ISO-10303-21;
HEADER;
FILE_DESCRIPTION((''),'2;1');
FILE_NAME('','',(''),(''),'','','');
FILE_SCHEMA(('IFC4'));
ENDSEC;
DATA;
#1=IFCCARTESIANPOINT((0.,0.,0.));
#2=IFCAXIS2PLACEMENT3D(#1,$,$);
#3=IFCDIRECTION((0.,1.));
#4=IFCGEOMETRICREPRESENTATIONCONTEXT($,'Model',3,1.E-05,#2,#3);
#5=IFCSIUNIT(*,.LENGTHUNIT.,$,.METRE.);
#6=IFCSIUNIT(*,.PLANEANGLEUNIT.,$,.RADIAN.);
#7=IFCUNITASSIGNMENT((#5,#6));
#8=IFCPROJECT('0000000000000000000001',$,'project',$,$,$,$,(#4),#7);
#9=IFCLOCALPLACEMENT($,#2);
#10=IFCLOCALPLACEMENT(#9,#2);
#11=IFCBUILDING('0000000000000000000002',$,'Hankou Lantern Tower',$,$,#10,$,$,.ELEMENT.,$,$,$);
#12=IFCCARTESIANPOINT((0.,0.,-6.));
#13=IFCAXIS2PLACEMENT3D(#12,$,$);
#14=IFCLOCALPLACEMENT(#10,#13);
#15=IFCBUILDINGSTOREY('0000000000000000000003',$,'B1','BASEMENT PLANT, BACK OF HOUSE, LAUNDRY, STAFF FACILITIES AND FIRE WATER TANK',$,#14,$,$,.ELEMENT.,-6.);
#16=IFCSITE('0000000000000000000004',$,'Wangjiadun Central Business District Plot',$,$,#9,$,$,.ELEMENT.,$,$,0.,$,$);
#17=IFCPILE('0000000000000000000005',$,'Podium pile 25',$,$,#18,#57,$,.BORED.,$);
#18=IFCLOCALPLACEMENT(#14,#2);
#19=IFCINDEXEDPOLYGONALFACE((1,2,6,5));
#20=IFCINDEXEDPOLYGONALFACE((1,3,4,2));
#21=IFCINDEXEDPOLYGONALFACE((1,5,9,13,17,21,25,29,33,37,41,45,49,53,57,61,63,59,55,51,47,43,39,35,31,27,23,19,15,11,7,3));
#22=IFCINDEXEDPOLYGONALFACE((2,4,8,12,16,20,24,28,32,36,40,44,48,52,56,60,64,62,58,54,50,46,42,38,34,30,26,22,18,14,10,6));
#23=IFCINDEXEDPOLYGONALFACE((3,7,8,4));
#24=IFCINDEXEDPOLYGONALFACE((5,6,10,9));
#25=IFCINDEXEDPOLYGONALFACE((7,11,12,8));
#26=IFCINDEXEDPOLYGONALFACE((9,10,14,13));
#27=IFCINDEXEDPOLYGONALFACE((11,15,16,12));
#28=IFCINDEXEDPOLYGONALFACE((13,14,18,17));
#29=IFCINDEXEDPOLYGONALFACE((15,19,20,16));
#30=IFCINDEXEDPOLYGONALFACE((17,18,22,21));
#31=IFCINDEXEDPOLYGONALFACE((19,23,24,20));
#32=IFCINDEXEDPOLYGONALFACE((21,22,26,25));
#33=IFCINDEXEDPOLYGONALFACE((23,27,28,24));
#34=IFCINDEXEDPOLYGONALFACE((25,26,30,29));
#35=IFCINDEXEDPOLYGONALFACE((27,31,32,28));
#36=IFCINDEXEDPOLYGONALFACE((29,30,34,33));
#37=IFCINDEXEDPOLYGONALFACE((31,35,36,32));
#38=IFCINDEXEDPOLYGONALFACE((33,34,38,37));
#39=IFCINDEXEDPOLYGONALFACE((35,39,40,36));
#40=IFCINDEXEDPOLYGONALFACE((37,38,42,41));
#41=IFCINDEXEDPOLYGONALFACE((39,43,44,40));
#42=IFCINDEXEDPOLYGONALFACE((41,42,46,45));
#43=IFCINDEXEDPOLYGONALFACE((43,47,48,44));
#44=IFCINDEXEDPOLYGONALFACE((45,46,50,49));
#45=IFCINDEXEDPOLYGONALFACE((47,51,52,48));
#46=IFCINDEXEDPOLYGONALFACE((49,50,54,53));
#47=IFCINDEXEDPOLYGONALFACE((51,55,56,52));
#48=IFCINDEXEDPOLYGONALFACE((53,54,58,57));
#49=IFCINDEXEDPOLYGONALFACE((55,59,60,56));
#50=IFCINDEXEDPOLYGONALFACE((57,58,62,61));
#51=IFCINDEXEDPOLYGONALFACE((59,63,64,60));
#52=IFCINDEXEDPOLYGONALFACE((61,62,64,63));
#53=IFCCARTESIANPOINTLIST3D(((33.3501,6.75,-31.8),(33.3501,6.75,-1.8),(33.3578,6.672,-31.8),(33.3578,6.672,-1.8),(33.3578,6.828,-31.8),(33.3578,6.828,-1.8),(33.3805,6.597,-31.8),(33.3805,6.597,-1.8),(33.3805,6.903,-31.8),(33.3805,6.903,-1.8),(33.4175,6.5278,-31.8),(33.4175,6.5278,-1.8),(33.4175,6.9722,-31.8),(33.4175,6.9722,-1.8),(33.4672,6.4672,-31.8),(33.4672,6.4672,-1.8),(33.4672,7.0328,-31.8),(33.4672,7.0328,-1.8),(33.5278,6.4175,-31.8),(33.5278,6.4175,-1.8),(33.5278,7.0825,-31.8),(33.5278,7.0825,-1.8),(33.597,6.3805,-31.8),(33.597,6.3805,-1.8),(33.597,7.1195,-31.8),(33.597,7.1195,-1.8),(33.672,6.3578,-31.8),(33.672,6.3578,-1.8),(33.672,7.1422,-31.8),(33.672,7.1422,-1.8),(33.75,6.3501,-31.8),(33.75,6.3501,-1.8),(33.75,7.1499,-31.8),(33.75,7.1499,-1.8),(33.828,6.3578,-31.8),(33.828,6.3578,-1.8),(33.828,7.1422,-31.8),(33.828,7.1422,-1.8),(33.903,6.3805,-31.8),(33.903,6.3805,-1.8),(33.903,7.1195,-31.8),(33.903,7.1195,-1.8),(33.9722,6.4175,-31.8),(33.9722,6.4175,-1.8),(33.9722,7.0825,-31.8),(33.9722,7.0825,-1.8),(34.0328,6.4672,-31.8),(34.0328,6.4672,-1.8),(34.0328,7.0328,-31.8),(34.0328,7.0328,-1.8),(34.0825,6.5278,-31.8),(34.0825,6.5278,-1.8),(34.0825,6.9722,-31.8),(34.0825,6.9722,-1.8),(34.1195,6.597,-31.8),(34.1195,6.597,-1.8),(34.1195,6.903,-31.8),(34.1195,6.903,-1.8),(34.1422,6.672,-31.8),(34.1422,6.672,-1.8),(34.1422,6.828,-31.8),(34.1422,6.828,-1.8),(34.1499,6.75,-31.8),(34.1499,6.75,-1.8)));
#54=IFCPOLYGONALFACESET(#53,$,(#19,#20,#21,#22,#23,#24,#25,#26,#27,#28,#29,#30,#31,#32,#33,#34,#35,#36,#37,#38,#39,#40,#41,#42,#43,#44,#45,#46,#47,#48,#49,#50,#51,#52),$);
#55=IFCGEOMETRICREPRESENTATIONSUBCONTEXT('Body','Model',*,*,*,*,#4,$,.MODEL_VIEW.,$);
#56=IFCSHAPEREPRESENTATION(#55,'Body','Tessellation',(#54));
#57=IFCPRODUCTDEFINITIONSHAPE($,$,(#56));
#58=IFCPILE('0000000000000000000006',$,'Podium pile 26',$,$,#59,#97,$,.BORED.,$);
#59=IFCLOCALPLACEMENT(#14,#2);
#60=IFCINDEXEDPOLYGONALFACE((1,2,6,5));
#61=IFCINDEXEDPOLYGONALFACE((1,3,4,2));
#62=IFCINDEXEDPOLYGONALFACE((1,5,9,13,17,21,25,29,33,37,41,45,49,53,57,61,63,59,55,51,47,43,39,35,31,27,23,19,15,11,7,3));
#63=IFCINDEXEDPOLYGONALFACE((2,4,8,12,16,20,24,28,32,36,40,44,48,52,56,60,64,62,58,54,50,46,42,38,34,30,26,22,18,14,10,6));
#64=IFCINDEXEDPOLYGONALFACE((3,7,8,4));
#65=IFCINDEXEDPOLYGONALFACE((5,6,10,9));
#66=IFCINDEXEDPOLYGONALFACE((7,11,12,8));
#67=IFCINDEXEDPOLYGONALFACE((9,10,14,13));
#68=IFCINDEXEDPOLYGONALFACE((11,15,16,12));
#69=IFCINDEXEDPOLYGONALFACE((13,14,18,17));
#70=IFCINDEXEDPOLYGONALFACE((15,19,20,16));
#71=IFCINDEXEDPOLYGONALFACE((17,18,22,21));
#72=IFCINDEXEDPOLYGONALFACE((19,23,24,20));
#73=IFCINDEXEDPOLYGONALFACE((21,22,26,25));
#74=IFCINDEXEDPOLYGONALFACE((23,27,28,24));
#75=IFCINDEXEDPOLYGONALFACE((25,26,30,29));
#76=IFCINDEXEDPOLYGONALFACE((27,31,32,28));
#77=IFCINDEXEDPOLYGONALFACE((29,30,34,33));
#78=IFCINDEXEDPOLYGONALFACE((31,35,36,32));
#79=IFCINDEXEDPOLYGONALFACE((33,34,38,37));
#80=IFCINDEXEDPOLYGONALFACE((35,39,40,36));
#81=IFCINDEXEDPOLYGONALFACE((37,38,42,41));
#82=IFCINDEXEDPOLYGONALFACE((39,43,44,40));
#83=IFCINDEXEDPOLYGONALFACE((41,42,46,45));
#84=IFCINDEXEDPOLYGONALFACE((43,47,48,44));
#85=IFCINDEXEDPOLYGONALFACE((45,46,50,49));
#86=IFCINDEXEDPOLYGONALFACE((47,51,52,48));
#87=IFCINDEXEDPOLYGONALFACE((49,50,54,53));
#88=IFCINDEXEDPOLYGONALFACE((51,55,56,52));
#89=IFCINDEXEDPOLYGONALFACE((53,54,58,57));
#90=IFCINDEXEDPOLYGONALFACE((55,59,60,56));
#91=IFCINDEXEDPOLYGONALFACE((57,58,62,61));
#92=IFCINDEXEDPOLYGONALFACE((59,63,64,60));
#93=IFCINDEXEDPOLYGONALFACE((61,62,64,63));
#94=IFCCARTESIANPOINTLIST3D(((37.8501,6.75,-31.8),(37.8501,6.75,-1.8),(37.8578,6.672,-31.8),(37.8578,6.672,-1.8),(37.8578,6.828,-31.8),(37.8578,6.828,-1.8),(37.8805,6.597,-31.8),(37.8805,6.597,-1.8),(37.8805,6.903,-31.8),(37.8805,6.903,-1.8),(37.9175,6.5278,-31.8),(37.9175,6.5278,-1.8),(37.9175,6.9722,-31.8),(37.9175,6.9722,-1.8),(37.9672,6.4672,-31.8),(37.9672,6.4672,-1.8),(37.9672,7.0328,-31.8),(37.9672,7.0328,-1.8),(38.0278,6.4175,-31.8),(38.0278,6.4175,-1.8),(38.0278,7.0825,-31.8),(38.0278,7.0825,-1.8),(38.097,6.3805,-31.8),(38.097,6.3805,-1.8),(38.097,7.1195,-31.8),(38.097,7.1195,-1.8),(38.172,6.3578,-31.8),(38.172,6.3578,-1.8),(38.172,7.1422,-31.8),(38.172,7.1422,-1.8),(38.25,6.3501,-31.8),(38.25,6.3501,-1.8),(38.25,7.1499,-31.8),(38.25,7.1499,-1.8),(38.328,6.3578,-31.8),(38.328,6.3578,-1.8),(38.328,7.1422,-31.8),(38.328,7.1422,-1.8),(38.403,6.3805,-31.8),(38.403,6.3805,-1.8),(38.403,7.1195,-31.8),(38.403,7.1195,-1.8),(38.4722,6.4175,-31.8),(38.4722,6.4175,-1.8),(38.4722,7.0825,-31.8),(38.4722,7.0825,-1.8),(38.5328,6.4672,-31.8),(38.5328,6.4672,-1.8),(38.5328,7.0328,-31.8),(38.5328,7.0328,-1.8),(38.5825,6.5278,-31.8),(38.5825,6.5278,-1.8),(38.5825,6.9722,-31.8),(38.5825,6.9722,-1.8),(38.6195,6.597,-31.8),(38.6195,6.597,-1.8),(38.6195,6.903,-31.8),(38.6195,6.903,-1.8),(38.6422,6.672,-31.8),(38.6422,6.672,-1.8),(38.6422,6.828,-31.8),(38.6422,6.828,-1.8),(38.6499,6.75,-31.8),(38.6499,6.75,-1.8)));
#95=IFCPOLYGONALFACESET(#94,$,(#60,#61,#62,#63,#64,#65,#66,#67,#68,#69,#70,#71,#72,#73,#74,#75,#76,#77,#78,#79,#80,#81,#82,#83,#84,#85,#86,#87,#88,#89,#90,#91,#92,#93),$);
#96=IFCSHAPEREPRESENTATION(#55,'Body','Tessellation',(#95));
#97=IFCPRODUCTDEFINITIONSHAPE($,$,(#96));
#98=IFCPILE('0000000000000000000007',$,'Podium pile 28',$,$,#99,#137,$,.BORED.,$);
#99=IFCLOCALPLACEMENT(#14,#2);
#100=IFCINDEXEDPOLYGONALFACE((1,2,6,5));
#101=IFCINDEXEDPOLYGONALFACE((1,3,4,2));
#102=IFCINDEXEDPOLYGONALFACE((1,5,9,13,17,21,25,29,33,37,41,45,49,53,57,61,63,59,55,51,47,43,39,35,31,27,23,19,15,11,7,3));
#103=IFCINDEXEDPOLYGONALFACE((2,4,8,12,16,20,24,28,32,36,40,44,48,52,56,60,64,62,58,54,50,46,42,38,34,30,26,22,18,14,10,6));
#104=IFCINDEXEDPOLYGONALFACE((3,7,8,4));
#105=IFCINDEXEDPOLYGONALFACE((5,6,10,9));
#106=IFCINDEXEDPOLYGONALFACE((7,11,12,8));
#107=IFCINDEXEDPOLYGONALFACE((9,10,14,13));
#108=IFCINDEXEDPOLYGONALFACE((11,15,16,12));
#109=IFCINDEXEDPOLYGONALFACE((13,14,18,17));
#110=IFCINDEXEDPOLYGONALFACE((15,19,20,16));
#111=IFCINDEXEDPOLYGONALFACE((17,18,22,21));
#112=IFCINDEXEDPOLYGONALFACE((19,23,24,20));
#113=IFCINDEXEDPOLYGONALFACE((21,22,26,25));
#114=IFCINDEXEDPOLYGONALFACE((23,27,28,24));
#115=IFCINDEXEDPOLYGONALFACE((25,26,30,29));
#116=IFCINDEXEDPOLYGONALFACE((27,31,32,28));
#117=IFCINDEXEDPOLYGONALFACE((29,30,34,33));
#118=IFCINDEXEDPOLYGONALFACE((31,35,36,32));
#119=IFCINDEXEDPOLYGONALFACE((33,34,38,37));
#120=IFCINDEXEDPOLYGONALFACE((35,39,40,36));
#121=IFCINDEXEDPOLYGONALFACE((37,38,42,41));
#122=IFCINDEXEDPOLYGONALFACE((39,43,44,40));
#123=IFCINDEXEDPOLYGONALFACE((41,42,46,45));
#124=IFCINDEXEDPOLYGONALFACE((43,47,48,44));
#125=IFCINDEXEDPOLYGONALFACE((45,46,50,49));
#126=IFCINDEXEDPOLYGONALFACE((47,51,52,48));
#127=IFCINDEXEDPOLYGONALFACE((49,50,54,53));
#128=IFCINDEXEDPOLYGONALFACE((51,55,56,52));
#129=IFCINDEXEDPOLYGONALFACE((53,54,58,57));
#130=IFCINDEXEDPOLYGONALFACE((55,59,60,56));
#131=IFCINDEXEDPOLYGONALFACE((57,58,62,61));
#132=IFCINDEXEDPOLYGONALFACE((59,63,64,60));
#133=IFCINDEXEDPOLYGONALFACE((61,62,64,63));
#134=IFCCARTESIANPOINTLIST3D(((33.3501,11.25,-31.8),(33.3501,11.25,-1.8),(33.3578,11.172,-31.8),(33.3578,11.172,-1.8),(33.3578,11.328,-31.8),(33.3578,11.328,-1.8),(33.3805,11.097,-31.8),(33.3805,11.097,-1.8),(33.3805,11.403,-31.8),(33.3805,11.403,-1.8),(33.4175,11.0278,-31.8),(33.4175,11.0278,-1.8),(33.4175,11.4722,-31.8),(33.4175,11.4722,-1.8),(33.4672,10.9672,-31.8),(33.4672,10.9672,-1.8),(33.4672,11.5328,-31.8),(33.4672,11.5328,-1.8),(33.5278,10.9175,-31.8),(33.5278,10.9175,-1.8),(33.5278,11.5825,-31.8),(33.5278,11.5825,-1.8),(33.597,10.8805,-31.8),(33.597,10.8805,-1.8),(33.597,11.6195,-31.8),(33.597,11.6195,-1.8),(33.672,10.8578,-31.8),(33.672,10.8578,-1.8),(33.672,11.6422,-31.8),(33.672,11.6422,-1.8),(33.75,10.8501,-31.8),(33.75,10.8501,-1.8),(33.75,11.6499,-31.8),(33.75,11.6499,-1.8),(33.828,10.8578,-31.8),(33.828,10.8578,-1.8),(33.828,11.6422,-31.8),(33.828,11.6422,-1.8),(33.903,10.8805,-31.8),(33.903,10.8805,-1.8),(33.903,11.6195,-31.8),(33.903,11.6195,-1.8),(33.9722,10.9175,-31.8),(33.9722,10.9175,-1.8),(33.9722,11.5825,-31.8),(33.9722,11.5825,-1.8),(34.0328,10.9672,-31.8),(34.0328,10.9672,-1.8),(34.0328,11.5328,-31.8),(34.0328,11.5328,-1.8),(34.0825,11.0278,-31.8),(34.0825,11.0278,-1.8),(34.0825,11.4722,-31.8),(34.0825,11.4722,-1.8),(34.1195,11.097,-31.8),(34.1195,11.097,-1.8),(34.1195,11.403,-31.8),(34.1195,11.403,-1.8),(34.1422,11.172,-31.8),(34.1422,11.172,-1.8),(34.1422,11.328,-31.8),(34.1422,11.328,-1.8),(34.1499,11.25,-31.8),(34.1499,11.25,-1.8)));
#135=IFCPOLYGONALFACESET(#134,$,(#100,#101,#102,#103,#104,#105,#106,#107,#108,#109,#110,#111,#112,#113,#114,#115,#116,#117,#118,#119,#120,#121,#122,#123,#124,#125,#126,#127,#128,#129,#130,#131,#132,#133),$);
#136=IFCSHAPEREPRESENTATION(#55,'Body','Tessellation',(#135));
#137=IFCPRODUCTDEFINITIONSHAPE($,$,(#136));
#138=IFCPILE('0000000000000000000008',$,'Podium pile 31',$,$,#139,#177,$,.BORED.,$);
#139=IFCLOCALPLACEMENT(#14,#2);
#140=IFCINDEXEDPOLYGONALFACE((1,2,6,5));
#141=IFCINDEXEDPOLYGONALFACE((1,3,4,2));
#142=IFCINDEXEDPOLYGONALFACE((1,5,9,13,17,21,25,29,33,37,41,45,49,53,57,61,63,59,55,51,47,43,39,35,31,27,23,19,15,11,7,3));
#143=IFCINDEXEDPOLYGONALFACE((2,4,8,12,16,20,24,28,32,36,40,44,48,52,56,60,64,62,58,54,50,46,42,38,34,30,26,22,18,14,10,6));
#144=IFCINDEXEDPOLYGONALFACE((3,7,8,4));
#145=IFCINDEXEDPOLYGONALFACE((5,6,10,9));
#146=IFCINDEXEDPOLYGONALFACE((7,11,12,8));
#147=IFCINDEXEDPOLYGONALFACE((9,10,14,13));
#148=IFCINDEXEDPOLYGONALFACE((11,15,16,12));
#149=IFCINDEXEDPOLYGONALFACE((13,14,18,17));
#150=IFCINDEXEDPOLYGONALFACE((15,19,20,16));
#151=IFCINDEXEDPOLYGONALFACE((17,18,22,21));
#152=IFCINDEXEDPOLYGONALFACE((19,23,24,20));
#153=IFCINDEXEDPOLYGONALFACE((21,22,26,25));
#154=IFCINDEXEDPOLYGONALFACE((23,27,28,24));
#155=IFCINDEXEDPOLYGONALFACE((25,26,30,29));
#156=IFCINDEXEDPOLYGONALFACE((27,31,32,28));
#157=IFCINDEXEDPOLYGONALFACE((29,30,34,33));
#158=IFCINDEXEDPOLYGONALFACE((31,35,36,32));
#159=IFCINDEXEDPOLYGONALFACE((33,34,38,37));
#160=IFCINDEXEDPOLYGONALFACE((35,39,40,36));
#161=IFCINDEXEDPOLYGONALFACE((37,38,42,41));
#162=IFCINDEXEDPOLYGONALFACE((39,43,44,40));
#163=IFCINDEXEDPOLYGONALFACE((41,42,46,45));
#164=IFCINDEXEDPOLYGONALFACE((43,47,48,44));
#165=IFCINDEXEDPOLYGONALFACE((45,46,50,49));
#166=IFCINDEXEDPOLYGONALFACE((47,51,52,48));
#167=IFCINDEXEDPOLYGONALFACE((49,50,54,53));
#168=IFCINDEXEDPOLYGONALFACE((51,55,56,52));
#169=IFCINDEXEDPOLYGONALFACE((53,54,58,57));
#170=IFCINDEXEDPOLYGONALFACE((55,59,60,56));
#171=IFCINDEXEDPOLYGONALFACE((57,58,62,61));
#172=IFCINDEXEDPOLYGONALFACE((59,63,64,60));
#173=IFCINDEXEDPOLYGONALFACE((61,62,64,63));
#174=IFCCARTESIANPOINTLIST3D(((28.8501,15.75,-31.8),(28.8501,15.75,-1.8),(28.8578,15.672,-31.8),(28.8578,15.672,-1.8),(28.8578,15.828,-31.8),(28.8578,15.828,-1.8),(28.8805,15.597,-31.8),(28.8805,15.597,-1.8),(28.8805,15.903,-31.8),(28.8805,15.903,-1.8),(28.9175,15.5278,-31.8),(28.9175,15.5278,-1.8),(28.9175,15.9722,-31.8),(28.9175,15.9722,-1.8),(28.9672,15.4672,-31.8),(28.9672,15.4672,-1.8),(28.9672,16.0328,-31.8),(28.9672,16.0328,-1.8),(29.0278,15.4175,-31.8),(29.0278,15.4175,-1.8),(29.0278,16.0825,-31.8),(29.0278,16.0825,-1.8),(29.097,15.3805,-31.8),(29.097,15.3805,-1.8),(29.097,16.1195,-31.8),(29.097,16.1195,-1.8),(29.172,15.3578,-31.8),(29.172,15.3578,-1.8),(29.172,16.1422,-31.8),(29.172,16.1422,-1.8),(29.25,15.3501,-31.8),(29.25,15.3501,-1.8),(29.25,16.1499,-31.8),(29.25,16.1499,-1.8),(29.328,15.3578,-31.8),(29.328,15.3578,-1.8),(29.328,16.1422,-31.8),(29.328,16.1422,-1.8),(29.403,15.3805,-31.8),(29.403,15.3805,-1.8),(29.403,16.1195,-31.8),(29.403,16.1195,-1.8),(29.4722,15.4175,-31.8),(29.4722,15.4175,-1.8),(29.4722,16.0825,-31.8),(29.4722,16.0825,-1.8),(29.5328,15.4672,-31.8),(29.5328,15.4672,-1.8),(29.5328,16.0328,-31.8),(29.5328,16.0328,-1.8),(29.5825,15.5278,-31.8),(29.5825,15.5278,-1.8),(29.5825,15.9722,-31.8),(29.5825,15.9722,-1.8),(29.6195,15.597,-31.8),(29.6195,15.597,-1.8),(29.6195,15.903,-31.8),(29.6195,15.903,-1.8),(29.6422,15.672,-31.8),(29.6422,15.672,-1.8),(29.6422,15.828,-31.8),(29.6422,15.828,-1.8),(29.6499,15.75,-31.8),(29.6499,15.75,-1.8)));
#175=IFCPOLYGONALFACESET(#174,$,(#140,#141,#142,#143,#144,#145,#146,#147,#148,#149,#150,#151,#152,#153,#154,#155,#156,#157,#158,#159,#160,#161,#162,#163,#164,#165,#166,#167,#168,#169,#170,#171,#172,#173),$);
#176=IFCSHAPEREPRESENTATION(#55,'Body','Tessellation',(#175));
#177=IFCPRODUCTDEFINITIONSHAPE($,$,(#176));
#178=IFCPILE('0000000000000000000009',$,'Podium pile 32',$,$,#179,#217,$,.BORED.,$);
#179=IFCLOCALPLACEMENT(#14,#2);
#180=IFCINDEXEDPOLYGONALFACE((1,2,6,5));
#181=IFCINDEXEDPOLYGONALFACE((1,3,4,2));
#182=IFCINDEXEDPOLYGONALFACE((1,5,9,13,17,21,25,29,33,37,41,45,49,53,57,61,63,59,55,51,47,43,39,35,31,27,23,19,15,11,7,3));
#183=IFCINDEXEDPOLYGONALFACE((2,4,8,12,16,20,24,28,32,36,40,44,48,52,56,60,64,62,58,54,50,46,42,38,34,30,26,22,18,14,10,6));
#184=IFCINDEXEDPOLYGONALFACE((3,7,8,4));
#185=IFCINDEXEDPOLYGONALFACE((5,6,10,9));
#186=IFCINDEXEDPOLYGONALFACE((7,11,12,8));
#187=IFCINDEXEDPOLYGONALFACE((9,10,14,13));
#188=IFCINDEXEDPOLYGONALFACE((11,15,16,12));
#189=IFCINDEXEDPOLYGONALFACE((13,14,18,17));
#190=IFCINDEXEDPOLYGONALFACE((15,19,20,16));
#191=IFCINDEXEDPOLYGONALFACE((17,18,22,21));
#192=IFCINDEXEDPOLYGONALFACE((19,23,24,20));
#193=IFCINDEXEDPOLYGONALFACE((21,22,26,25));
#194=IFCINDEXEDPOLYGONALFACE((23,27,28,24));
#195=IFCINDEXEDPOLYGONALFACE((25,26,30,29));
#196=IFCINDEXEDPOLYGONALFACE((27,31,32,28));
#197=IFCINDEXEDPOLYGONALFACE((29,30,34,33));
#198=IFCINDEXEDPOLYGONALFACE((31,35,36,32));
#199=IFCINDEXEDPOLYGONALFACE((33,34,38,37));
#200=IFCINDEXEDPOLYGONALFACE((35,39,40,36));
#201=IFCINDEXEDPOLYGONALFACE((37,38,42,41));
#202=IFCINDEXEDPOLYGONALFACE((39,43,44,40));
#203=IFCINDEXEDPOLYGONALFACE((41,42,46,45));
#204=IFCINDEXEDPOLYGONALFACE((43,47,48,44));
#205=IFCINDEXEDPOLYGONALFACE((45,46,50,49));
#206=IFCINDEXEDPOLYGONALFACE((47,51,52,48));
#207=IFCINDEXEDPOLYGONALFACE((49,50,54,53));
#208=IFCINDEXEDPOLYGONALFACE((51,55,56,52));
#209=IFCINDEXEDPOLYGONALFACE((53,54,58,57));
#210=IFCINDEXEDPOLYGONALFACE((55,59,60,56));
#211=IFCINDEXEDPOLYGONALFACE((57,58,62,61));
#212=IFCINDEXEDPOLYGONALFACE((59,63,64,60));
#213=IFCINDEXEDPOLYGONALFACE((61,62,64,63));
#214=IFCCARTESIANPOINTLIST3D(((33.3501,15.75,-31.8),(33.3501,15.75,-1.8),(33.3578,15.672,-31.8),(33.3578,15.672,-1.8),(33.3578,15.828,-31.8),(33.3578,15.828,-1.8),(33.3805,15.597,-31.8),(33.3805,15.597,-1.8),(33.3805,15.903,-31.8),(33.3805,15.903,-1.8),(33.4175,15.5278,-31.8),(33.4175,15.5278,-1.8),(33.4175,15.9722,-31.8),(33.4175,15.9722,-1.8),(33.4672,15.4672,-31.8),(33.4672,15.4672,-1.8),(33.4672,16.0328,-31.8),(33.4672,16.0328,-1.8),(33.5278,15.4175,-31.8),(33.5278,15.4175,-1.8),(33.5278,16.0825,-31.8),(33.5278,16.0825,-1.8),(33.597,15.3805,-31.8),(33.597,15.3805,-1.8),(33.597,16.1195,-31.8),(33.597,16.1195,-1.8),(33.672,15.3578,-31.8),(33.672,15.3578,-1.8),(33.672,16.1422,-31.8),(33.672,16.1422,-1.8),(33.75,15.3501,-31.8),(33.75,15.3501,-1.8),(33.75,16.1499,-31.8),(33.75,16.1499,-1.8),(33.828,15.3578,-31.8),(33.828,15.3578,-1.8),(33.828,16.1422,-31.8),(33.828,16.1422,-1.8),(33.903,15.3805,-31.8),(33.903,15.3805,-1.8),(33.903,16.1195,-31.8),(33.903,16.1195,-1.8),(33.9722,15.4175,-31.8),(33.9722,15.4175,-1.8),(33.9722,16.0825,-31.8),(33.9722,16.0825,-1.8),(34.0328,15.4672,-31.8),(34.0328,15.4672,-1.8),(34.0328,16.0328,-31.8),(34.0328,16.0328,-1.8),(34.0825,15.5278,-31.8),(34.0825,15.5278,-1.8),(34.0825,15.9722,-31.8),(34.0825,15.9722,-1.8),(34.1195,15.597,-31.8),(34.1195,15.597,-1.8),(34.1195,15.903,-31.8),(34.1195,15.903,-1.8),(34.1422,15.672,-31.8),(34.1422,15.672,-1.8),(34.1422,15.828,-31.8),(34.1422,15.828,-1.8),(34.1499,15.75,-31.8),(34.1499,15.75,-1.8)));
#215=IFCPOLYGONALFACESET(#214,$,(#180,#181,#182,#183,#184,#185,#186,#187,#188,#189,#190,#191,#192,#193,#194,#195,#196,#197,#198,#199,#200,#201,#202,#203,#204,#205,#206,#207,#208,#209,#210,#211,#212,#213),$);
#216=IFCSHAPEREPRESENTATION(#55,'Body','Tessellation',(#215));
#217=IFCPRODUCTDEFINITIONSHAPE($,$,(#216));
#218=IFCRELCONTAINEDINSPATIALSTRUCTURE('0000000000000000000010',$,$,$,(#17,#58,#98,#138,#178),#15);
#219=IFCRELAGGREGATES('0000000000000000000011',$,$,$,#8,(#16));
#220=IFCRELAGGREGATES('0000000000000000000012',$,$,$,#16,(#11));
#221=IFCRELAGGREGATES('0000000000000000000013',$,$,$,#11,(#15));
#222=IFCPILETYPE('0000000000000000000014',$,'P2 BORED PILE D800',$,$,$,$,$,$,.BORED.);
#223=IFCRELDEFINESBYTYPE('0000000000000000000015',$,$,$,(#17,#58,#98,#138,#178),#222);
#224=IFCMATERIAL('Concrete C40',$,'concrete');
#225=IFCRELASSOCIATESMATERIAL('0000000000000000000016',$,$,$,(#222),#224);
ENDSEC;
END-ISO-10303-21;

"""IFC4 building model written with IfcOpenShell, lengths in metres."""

from ifc_helpers import new_model, si_unit, direction, frame, origin, origin_2d, place, context, subcontext, project, spatial, circle, extrude, material, material_profile, profile_set, type_object, element, save


model = new_model("IFC4")

# Units and contexts
model_context = context("Model", 3, precision=1e-05, world=origin(), true_north=direction((0.0, 1.0)))
body_context = subcontext(model_context, "Body", "Model", "MODEL_VIEW")
ifc_project = project(units=[si_unit("LENGTHUNIT", "METRE"), si_unit("PLANEANGLEUNIT", "RADIAN")], contexts=[model_context])

# Site, building, storey
site_placement = place(None, origin())
site = spatial("IfcSite", under=ifc_project, at=site_placement, Name="Wangjiadun Central Business District Plot", CompositionType="ELEMENT", RefElevation=0.0)
building_placement = place(site_placement, origin())
building = spatial("IfcBuilding", under=site, at=building_placement, Name="Hankou Lantern Tower", CompositionType="ELEMENT")
storey_placement = place(building_placement, frame((0.0, 0.0, -6.0)))
storey = spatial("IfcBuildingStorey", under=building, at=storey_placement, Name="B1", Description="BASEMENT PLANT, BACK OF HOUSE, LAUNDRY, STAFF FACILITIES AND FIRE WATER TANK", CompositionType="ELEMENT", Elevation=-6.0)

# Piles
ifc_material_1 = material(Name="Concrete C40", Category="concrete")
ifc_material_profile_1 = material_profile(ifc_material_1, circle(Radius=0.3999, at=origin_2d()), Name="RC D800")
ifc_profile_set_1 = profile_set([ifc_material_profile_1], Name="Concrete C40")
pile_type_1 = type_object("IfcPileType", Name="P2 BORED PILE D800", PredefinedType="BORED", material=ifc_profile_set_1)
for number, where, z_axis, x_axis, name in (
    (1, (33.75, 6.75, -1.8), (0.0, 0.0, -1.0), (1.0, 0.0, 0.0), "Podium pile 25"),
    (2, (38.25, 6.75, -1.8), (0.0, 0.0, -1.0), (1.0, 0.0, 0.0), "Podium pile 26"),
    (3, (33.75, 11.25, -1.8), (0.0, 0.0, -1.0), (1.0, 0.0, 0.0), "Podium pile 28"),
    (4, (29.25, 15.75, -1.8), (0.0, 0.0, -1.0), (1.0, 0.0, 0.0), "Podium pile 31"),
    (5, (33.75, 15.75, -1.8), (0.0, 0.0, -1.0), (1.0, 0.0, 0.0), "Podium pile 32"),
):
    element("IfcPile", number, at=place(storey_placement, frame(where, z_axis=z_axis, x_axis=x_axis)), inside=storey, type_object=pile_type_1, Name=name, PredefinedType="BORED", context=body_context, shape_type="SweptSolid", body=[
        extrude(circle(Radius=0.3999, at=origin_2d()), origin(), (0.0, 0.0, 1.0), 30.0),
    ])

save(model, "model.ifc")
